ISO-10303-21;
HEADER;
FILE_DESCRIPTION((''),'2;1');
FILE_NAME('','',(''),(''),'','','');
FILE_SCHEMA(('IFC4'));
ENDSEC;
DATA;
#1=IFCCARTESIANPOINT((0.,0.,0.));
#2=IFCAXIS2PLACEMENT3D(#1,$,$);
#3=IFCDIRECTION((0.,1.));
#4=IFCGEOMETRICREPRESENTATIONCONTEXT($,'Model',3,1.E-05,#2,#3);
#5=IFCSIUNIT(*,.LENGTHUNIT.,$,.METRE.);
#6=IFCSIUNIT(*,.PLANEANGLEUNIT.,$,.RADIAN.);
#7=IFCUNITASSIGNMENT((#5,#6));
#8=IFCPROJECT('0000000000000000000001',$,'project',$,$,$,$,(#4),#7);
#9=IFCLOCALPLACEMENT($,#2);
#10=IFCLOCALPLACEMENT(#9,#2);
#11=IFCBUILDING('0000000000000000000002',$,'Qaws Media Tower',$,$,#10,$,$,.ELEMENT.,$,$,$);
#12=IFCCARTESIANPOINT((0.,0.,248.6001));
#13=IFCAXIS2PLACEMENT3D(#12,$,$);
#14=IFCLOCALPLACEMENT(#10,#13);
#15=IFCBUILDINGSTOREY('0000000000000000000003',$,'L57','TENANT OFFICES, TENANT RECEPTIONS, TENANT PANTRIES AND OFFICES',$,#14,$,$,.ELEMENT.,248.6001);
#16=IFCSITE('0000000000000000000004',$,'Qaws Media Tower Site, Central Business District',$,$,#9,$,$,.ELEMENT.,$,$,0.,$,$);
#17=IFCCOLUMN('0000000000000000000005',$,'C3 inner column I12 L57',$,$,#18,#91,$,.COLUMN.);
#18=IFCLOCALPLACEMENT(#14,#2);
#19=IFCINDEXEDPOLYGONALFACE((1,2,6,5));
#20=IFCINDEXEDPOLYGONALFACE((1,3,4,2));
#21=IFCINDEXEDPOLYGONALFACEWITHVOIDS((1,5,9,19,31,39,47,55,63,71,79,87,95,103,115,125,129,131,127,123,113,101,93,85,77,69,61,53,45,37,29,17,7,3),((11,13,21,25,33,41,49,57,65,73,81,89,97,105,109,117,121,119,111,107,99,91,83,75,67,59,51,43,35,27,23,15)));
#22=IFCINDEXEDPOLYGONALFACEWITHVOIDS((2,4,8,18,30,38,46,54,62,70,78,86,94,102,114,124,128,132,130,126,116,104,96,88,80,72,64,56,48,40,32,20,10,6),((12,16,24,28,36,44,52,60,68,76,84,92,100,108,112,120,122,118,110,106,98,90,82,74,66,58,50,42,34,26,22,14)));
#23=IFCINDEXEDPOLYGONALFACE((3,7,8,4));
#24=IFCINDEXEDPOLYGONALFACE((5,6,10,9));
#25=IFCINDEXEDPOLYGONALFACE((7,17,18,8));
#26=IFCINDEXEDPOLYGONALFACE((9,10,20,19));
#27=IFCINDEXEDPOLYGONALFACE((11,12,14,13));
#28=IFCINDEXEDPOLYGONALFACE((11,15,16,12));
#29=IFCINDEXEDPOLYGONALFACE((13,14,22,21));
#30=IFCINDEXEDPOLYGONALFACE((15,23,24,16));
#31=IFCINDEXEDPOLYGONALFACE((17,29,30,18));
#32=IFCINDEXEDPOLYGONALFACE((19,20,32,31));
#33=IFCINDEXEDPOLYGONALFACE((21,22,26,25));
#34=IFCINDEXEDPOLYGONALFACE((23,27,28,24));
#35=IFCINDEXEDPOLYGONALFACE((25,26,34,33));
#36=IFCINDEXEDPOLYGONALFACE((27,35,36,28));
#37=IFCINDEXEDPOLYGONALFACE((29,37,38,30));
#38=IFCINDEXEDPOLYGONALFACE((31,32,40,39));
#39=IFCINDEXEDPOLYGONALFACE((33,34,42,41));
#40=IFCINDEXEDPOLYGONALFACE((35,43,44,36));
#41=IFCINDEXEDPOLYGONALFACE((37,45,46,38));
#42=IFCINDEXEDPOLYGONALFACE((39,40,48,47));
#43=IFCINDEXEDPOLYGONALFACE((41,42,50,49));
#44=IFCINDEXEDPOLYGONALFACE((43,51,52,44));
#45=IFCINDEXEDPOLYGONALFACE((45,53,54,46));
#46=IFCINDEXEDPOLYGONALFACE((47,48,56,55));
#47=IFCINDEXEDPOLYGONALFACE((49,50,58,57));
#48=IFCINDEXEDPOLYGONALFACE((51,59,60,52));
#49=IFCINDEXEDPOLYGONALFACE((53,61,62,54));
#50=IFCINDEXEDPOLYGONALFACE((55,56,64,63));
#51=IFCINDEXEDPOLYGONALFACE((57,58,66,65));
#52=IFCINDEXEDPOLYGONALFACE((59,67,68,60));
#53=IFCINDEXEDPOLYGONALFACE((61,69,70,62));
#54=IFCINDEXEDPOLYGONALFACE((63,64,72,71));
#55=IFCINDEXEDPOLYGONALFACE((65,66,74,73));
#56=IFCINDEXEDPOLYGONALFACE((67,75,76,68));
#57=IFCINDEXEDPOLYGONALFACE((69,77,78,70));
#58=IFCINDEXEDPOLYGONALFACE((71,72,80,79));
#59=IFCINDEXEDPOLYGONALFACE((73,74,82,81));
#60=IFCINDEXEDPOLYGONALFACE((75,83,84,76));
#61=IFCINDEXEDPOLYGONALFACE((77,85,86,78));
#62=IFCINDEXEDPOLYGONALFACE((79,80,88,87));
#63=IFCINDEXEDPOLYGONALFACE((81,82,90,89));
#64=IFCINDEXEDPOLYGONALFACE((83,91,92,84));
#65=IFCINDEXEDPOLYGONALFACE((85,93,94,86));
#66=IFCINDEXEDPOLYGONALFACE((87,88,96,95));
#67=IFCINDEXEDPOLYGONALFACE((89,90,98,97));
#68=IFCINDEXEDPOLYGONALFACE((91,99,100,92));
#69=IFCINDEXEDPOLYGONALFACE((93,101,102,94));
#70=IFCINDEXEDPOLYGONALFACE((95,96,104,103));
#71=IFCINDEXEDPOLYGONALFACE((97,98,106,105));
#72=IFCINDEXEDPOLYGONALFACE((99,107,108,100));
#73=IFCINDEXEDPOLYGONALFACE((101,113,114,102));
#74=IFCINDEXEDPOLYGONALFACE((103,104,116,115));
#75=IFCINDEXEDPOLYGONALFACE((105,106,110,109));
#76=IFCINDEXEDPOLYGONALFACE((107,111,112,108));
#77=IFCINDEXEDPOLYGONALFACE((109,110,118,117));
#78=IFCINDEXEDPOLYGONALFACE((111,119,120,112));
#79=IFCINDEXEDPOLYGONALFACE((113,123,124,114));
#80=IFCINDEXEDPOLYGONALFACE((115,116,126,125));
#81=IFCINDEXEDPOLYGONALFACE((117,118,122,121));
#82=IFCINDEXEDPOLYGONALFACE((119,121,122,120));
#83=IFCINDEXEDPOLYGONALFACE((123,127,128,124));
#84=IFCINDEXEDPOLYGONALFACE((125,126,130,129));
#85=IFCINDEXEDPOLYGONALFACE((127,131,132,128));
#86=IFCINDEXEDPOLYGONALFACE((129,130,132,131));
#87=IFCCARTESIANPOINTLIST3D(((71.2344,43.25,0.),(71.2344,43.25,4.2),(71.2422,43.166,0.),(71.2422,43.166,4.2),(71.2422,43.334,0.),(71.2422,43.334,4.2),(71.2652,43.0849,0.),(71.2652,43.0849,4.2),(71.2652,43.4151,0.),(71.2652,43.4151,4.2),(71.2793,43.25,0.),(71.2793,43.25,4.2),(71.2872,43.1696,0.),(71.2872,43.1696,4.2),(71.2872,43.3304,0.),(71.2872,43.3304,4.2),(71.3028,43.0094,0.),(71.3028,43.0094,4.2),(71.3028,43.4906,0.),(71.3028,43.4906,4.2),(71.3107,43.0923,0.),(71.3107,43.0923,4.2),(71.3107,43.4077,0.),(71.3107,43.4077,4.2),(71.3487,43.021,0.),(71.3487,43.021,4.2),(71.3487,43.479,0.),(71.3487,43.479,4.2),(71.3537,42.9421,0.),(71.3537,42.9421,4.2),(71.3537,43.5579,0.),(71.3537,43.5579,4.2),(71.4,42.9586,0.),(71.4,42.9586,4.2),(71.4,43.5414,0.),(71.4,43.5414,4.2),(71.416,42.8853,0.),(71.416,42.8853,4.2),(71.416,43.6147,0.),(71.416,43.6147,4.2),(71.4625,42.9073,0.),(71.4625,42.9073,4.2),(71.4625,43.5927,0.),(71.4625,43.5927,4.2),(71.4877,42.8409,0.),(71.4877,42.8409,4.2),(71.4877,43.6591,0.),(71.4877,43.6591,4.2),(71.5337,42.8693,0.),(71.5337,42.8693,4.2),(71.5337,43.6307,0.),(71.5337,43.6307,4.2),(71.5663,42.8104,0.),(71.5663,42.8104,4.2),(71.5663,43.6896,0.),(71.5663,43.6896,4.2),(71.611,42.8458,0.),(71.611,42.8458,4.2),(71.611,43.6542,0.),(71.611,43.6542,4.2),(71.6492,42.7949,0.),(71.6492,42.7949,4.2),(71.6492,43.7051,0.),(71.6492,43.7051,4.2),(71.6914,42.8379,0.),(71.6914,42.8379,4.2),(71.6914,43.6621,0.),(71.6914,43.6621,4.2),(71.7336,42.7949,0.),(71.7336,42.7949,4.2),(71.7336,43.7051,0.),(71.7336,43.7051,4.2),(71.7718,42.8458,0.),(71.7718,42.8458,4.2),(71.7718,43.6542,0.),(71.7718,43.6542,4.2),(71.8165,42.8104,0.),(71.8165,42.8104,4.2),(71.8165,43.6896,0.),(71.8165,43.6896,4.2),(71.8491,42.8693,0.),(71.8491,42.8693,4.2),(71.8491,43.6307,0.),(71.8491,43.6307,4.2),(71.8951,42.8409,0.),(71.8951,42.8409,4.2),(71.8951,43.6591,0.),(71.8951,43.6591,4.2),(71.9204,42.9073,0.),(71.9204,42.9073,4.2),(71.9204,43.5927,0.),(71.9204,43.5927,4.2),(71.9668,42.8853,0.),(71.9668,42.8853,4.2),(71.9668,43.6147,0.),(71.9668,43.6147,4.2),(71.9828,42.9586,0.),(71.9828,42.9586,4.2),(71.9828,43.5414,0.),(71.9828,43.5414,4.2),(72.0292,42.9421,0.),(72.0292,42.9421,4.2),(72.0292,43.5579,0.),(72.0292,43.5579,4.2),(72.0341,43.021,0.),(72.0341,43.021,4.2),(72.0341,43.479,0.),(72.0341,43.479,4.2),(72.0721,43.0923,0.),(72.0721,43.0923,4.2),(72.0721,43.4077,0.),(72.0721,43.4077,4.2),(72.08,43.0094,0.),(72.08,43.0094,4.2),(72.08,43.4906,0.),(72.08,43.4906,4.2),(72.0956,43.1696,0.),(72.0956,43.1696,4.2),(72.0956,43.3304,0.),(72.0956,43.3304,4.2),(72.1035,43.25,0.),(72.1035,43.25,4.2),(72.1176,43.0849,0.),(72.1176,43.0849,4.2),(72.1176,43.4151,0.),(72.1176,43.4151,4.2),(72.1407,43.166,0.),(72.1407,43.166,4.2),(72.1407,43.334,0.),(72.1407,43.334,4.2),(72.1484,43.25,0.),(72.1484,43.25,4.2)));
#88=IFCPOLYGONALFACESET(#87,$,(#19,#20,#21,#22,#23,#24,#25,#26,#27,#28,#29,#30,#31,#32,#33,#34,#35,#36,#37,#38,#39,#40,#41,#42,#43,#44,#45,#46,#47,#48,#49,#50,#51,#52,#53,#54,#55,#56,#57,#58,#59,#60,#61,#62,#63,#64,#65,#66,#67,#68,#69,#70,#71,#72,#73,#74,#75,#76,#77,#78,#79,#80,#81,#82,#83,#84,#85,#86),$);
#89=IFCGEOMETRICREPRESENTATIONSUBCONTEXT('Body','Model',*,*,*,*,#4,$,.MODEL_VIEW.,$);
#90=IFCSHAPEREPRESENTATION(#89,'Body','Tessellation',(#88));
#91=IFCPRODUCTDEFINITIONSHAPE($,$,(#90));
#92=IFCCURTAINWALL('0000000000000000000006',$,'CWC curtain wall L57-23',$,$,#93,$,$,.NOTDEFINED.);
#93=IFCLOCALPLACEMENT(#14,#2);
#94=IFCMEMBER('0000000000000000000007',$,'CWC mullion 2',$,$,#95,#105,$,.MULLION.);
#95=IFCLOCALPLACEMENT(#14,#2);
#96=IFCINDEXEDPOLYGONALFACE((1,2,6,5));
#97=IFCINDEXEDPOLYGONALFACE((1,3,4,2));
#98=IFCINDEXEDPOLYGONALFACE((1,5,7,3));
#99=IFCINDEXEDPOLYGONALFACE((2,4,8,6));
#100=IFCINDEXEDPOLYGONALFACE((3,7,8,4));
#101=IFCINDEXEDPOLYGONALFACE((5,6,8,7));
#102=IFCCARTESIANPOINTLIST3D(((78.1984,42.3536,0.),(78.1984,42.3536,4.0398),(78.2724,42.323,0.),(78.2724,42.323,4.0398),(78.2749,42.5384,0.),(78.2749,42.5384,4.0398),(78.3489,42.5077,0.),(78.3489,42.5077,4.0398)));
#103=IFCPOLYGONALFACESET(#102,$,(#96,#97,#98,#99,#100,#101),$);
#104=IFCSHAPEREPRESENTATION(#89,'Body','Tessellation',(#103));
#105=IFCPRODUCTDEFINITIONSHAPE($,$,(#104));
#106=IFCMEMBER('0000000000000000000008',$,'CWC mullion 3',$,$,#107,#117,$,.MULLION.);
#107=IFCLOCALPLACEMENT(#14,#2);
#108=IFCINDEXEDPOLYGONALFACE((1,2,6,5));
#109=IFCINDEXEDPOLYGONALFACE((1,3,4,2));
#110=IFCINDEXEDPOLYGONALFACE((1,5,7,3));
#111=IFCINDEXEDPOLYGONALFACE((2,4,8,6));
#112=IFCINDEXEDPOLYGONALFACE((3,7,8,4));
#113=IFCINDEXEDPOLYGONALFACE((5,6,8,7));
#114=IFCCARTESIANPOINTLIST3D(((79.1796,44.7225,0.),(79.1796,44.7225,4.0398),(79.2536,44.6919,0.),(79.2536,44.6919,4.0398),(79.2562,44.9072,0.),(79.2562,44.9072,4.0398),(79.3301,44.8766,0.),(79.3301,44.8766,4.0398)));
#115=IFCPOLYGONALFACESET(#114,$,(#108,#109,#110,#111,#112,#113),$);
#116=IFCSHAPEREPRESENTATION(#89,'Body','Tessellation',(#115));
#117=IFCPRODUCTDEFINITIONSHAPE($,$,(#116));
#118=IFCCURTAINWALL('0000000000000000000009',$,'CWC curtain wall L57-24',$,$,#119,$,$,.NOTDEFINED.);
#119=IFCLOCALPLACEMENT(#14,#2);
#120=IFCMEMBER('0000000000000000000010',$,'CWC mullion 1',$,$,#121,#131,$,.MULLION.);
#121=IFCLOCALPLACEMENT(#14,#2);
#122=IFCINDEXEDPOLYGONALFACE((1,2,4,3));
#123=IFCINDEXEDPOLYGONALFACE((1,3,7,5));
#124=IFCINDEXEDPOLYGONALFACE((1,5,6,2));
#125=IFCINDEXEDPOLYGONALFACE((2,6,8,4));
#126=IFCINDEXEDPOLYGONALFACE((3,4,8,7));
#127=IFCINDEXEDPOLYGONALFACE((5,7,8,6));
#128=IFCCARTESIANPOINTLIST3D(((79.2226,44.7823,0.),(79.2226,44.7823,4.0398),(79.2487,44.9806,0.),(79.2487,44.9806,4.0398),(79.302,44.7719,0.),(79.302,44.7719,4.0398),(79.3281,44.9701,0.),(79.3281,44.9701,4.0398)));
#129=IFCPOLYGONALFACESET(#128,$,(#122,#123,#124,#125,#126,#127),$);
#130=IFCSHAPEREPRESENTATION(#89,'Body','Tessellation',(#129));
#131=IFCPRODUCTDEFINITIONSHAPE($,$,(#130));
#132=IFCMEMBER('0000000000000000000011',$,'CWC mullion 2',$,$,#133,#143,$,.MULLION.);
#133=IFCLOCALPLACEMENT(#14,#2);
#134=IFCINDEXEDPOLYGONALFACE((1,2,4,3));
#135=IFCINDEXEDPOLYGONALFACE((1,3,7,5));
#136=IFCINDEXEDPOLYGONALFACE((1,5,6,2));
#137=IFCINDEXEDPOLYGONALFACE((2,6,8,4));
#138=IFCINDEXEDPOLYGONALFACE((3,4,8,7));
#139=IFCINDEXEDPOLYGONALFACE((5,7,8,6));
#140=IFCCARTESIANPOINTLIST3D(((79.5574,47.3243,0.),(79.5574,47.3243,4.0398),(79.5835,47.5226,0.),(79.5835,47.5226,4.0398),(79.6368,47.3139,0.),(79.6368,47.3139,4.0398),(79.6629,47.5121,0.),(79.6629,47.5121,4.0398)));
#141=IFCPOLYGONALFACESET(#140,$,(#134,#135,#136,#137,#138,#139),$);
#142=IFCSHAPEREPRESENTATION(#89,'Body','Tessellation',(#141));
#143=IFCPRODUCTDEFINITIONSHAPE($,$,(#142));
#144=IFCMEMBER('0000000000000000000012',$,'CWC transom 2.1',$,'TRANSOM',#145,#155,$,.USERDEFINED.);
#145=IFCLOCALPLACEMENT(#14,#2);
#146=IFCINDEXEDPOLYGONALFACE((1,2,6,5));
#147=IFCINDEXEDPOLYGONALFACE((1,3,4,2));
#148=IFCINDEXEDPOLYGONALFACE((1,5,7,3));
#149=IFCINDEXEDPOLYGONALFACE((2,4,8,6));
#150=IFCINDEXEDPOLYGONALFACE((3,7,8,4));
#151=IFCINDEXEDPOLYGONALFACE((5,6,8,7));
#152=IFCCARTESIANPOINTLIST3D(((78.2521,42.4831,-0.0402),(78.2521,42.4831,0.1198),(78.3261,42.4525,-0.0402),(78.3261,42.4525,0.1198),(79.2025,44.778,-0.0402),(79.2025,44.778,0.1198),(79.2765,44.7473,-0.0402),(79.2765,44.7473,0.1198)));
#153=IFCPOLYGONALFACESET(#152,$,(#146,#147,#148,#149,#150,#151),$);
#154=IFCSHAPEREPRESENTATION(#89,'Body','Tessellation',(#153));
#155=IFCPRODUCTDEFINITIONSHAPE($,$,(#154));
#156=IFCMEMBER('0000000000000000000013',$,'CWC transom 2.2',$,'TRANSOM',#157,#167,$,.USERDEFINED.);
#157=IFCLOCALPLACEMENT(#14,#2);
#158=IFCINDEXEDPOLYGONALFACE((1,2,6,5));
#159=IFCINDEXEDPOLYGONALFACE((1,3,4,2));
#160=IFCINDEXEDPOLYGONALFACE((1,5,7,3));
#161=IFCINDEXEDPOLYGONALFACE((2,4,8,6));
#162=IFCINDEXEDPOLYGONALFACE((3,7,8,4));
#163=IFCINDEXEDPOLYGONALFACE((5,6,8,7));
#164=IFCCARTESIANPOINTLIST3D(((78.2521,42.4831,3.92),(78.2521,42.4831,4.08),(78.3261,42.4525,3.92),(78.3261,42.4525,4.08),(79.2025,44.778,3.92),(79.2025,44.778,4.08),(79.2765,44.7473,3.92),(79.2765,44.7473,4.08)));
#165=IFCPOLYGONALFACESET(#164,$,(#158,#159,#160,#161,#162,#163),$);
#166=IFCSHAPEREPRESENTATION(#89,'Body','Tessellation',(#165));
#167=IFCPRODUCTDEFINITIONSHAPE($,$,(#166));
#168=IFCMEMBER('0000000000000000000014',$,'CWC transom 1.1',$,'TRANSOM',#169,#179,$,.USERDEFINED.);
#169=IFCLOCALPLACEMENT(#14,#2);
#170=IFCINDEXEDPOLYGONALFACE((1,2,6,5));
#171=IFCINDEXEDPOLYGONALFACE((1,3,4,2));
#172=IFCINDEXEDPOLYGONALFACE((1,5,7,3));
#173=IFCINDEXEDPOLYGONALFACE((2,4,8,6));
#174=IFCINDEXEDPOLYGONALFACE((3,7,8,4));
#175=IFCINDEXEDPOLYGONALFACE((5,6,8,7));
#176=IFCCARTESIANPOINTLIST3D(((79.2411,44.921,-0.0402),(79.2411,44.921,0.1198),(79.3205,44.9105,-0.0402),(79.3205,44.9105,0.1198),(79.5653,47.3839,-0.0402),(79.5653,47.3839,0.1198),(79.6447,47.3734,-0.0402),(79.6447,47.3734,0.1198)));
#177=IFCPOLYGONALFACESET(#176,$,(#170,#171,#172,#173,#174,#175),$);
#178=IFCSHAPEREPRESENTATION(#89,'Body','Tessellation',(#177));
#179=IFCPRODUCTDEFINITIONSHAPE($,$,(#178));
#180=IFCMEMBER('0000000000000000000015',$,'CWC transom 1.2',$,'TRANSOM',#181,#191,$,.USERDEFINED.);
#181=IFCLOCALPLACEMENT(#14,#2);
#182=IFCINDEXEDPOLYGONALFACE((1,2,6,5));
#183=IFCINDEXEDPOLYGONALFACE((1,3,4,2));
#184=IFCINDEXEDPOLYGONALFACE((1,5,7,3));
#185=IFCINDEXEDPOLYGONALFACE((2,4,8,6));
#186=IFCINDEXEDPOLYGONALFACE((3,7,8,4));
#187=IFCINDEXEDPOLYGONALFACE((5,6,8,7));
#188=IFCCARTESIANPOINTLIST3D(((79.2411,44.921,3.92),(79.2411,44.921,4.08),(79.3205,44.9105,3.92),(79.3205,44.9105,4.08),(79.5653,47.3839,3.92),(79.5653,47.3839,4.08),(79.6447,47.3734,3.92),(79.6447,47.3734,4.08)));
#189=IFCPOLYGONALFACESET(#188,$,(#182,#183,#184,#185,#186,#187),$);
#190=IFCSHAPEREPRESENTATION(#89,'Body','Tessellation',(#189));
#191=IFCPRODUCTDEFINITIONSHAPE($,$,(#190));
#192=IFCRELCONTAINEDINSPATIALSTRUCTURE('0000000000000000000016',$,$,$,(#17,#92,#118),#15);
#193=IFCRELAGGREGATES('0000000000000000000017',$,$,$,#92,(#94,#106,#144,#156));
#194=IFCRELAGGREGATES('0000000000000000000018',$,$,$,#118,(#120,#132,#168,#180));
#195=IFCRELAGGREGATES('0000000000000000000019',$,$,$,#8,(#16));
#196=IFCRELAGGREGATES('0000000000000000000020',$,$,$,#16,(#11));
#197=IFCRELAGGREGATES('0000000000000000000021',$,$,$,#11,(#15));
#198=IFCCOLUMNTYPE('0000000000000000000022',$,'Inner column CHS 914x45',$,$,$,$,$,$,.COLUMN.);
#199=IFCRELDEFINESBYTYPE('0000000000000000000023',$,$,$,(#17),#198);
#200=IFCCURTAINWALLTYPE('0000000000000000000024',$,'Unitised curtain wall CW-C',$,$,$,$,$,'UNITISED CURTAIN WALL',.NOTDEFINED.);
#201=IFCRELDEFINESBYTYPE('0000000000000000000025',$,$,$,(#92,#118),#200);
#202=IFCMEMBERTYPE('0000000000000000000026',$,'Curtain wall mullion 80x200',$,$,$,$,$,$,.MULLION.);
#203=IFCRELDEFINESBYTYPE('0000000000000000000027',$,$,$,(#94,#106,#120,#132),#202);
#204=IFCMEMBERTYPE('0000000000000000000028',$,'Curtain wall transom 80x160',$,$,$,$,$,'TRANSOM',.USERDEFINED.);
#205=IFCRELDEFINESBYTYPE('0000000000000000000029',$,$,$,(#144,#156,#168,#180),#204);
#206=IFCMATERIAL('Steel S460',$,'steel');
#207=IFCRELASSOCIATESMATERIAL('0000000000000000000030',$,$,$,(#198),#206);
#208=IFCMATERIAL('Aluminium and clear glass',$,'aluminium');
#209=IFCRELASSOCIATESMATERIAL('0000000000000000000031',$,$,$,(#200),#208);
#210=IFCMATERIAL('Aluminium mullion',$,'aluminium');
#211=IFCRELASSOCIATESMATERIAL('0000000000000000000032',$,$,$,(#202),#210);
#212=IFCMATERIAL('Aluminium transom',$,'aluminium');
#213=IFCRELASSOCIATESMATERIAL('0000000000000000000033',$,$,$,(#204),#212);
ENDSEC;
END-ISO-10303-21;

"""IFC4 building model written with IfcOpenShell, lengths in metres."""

from ifc_helpers import new_model, si_unit, direction, frame, origin, origin_2d, place, context, subcontext, project, spatial, rectangle, hollow_circle, extrude, material, material_profile, profile_set, type_object, element, aggregate, save


model = new_model("IFC4")

# Units and contexts
model_context = context("Model", 3, precision=1e-05, world=origin(), true_north=direction((0.0, 1.0)))
body_context = subcontext(model_context, "Body", "Model", "MODEL_VIEW")
ifc_project = project(units=[si_unit("LENGTHUNIT", "METRE"), si_unit("PLANEANGLEUNIT", "RADIAN")], contexts=[model_context])

# Site, building, storey
site_placement = place(None, origin())
site = spatial("IfcSite", under=ifc_project, at=site_placement, Name="Qaws Media Tower Site, Central Business District", CompositionType="ELEMENT", RefElevation=0.0)
building_placement = place(site_placement, origin())
building = spatial("IfcBuilding", under=site, at=building_placement, Name="Qaws Media Tower", CompositionType="ELEMENT")
storey_placement = place(building_placement, frame((0.0, 0.0, 248.6001)))
storey = spatial("IfcBuildingStorey", under=building, at=storey_placement, Name="L57", Description="TENANT OFFICES, TENANT RECEPTIONS, TENANT PANTRIES AND OFFICES", CompositionType="ELEMENT", Elevation=248.6001)

# Column
ifc_material_1 = material(Name="Steel S460", Category="steel")
ifc_material_profile_1 = material_profile(ifc_material_1, hollow_circle(Radius=0.457, WallThickness=0.0449, at=origin_2d()), Name="CHS 914x45")
ifc_profile_set_1 = profile_set([ifc_material_profile_1], Name="Steel S460")
column_type = type_object("IfcColumnType", Name="Inner column CHS 914x45", PredefinedType="COLUMN", material=ifc_profile_set_1)
column_placement = place(storey_placement, frame((71.6914, 43.25, 0.0), z_axis=(0.0, 0.0, 1.0), x_axis=(1.0, 0.0, 0.0)))
element("IfcColumn", 1, at=column_placement, inside=storey, type_object=column_type, Name="C3 inner column I12 L57", PredefinedType="COLUMN", context=body_context, shape_type="SweptSolid", body=[
    extrude(hollow_circle(Radius=0.457, WallThickness=0.0449, at=origin_2d()), origin(), (0.0, 0.0, 1.0), 4.2),
])

# Curtain walls, members
ifc_material_2 = material(Name="Aluminium and clear glass", Category="aluminium")
curtain_wall_type = type_object("IfcCurtainWallType", Name="Unitised curtain wall CW-C", ElementType="UNITISED CURTAIN WALL", PredefinedType="NOTDEFINED", material=ifc_material_2)
curtain_wall_1_placement = place(storey_placement, origin())
curtain_wall_1 = element("IfcCurtainWall", 2, at=curtain_wall_1_placement, inside=storey, type_object=curtain_wall_type, Name="CWC curtain wall L57-23", PredefinedType="NOTDEFINED")
ifc_material_3 = material(Name="Aluminium mullion", Category="aluminium")
ifc_material_profile_2 = material_profile(ifc_material_3, rectangle(XDim=0.0801, YDim=0.2, at=origin_2d()), Name="80x200")
ifc_profile_set_2 = profile_set([ifc_material_profile_2], Name="Aluminium mullion")
member_type_1 = type_object("IfcMemberType", Name="Curtain wall mullion 80x200", PredefinedType="MULLION", material=ifc_profile_set_2)
member_1_placement = place(storey_placement, frame((78.2737, 42.4307, 0.0), z_axis=(0.0, 0.0, 1.0), x_axis=(-0.92388, 0.382683, 0.0)))
member_1 = element("IfcMember", 3, at=member_1_placement, type_object=member_type_1, Name="CWC mullion 2", PredefinedType="MULLION", context=body_context, shape_type="SweptSolid", body=[
    extrude(rectangle(XDim=0.0801, YDim=0.2, at=origin_2d()), origin(), (0.0, 0.0, 1.0), 4.0398),
])
member_2_placement = place(storey_placement, frame((79.2549, 44.7996, 0.0), z_axis=(0.0, 0.0, 1.0), x_axis=(-0.92388, 0.382683, 0.0)))
member_2 = element("IfcMember", 4, at=member_2_placement, type_object=member_type_1, Name="CWC mullion 3", PredefinedType="MULLION", context=body_context, shape_type="SweptSolid", body=[
    extrude(rectangle(XDim=0.0801, YDim=0.2, at=origin_2d()), origin(), (0.0, 0.0, 1.0), 4.0398),
])
curtain_wall_2_placement = place(storey_placement, origin())
curtain_wall_2 = element("IfcCurtainWall", 5, at=curtain_wall_2_placement, inside=storey, type_object=curtain_wall_type, Name="CWC curtain wall L57-24", PredefinedType="NOTDEFINED")
member_3_placement = place(storey_placement, frame((79.2754, 44.8762, 0.0), z_axis=(0.0, 0.0, 1.0), x_axis=(-0.991445, 0.130526, 0.0)))
member_3 = element("IfcMember", 6, at=member_3_placement, type_object=member_type_1, Name="CWC mullion 1", PredefinedType="MULLION", context=body_context, shape_type="SweptSolid", body=[
    extrude(rectangle(XDim=0.0801, YDim=0.2, at=origin_2d()), origin(), (0.0, 0.0, 1.0), 4.0398),
])
member_4_placement = place(storey_placement, frame((79.6101, 47.4182, 0.0), z_axis=(0.0, 0.0, 1.0), x_axis=(-0.991445, 0.130526, 0.0)))
member_4 = element("IfcMember", 7, at=member_4_placement, type_object=member_type_1, Name="CWC mullion 2", PredefinedType="MULLION", context=body_context, shape_type="SweptSolid", body=[
    extrude(rectangle(XDim=0.0801, YDim=0.2, at=origin_2d()), origin(), (0.0, 0.0, 1.0), 4.0398),
])

# Members
ifc_material_4 = material(Name="Aluminium transom", Category="aluminium")
ifc_material_profile_3 = material_profile(ifc_material_4, rectangle(XDim=0.0801, YDim=0.1599, at=origin_2d()), Name="80x160")
ifc_profile_set_3 = profile_set([ifc_material_profile_3], Name="Aluminium transom")
member_type_2 = type_object("IfcMemberType", Name="Curtain wall transom 80x160", ElementType="TRANSOM", PredefinedType="USERDEFINED", material=ifc_profile_set_3)
member_5_placement = place(storey_placement, frame((78.2891, 42.4678, 0.0398), z_axis=(0.382632, 0.923901, 0.0), x_axis=(-0.923901, 0.382632, 0.0)))
member_5 = element("IfcMember", 8, at=member_5_placement, type_object=member_type_2, Name="CWC transom 2.1", ObjectType="TRANSOM", PredefinedType="USERDEFINED", context=body_context, shape_type="SweptSolid", body=[
    extrude(rectangle(XDim=0.0801, YDim=0.1599, at=origin_2d()), origin(), (0.0, 0.0, 1.0), 2.4839),
])
member_6_placement = place(storey_placement, frame((78.2891, 42.4678, 4.0), z_axis=(0.382632, 0.923901, 0.0), x_axis=(-0.923901, 0.382632, 0.0)))
member_6 = element("IfcMember", 9, at=member_6_placement, type_object=member_type_2, Name="CWC transom 2.2", ObjectType="TRANSOM", PredefinedType="USERDEFINED", context=body_context, shape_type="SweptSolid", body=[
    extrude(rectangle(XDim=0.0801, YDim=0.1599, at=origin_2d()), origin(), (0.0, 0.0, 1.0), 2.4839),
])
member_7_placement = place(storey_placement, frame((79.2808, 44.9158, 0.0398), z_axis=(0.130516, 0.991446, 0.0), x_axis=(-0.991446, 0.130516, 0.0)))
member_7 = element("IfcMember", 10, at=member_7_placement, type_object=member_type_2, Name="CWC transom 1.1", ObjectType="TRANSOM", PredefinedType="USERDEFINED", context=body_context, shape_type="SweptSolid", body=[
    extrude(rectangle(XDim=0.0801, YDim=0.1599, at=origin_2d()), origin(), (0.0, 0.0, 1.0), 2.4841),
])
member_8_placement = place(storey_placement, frame((79.2808, 44.9158, 4.0), z_axis=(0.130516, 0.991446, 0.0), x_axis=(-0.991446, 0.130516, 0.0)))
member_8 = element("IfcMember", 11, at=member_8_placement, type_object=member_type_2, Name="CWC transom 1.2", ObjectType="TRANSOM", PredefinedType="USERDEFINED", context=body_context, shape_type="SweptSolid", body=[
    extrude(rectangle(XDim=0.0801, YDim=0.1599, at=origin_2d()), origin(), (0.0, 0.0, 1.0), 2.4841),
])

aggregate(curtain_wall_1, [member_1, member_2, member_5, member_6])
aggregate(curtain_wall_2, [member_3, member_4, member_7, member_8])

save(model, "model.ifc")
